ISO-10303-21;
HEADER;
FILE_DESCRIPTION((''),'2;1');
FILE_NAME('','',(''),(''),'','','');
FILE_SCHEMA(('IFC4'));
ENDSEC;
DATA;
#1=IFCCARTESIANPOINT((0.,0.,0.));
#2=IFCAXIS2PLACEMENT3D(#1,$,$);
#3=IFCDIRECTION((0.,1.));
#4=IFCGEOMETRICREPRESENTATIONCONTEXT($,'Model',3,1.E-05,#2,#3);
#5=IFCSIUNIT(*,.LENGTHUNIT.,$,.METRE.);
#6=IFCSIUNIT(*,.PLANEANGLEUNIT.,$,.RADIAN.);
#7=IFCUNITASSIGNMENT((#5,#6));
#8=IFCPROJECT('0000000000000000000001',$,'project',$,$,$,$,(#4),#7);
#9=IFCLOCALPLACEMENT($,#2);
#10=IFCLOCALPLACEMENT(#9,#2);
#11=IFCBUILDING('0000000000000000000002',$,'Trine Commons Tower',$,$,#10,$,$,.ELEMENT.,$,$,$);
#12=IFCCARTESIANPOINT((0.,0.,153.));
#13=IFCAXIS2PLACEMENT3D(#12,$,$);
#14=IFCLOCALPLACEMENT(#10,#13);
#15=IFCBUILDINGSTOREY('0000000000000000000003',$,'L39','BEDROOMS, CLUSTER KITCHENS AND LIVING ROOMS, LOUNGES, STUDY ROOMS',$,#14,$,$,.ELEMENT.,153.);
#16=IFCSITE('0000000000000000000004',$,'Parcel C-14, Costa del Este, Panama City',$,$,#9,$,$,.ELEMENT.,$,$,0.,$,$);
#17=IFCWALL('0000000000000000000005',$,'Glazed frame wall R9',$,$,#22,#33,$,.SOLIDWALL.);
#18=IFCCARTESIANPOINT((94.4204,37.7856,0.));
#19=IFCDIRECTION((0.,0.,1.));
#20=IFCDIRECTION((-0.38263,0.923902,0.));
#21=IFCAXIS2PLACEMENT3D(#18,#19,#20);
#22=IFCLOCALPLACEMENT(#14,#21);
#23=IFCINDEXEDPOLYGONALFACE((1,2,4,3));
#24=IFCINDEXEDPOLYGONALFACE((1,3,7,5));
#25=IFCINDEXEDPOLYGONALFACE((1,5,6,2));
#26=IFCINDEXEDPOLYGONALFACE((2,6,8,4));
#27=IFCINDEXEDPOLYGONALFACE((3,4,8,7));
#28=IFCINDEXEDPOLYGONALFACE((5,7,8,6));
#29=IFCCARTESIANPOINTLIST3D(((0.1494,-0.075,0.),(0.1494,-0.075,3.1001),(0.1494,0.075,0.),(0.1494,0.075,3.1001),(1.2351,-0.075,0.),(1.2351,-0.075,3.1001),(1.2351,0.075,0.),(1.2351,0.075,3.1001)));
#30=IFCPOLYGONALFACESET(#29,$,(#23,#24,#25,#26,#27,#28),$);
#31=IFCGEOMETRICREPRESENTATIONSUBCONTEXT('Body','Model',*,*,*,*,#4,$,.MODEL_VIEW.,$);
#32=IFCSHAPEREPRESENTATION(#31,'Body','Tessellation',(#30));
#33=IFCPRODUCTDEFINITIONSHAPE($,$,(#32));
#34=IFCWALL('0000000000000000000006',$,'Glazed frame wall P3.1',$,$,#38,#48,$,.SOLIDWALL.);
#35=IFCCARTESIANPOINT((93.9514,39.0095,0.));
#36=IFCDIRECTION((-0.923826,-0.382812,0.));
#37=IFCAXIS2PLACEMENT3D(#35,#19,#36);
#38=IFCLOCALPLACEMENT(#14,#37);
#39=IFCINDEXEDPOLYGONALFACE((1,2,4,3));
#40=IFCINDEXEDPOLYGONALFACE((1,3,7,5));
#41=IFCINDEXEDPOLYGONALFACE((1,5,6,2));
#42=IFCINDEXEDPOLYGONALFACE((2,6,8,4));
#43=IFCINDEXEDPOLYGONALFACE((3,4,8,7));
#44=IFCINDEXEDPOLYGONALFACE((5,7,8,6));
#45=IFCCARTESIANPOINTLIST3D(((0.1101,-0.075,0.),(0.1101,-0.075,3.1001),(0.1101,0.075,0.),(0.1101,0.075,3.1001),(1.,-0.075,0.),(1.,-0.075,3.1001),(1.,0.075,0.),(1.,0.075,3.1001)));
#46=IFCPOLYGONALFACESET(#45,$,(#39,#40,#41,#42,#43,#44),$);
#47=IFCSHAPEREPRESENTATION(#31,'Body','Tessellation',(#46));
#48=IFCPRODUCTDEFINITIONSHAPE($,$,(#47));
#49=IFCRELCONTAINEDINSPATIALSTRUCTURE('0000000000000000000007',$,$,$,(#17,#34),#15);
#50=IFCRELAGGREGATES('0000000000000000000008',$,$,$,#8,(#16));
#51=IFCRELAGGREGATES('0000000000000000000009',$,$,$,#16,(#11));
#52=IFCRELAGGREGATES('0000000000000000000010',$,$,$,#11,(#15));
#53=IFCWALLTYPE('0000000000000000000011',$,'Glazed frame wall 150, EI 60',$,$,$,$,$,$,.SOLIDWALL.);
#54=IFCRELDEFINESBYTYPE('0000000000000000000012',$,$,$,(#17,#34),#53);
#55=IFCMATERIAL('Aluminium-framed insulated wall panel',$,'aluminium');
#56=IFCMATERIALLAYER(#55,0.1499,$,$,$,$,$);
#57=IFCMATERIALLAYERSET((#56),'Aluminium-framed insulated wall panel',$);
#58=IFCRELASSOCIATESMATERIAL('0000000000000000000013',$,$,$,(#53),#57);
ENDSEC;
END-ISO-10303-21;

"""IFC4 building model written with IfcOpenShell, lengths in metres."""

from ifc_helpers import new_model, si_unit, direction, frame, origin, place, context, subcontext, project, spatial, polyline, outline, extrude, material, layer, layer_set, type_object, element, save


model = new_model("IFC4")

# Units and contexts
model_context = context("Model", 3, precision=1e-05, world=origin(), true_north=direction((0.0, 1.0)))
body_context = subcontext(model_context, "Body", "Model", "MODEL_VIEW")
ifc_project = project(units=[si_unit("LENGTHUNIT", "METRE"), si_unit("PLANEANGLEUNIT", "RADIAN")], contexts=[model_context])

# Site, building, storey
site_placement = place(None, origin())
site = spatial("IfcSite", under=ifc_project, at=site_placement, Name="Parcel C-14, Costa del Este, Panama City", CompositionType="ELEMENT", RefElevation=0.0)
building_placement = place(site_placement, origin())
building = spatial("IfcBuilding", under=site, at=building_placement, Name="Trine Commons Tower", CompositionType="ELEMENT")
storey_placement = place(building_placement, frame((0.0, 0.0, 153.0)))
storey = spatial("IfcBuildingStorey", under=building, at=storey_placement, Name="L39", Description="BEDROOMS, CLUSTER KITCHENS AND LIVING ROOMS, LOUNGES, STUDY ROOMS", CompositionType="ELEMENT", Elevation=153.0)

# Walls
ifc_material_1 = material(Name="Aluminium-framed insulated wall panel", Category="aluminium")
ifc_layer_1 = layer(ifc_material_1, 0.1499)
ifc_layer_set_1 = layer_set([ifc_layer_1], Name="Aluminium-framed insulated wall panel")
wall_type_1 = type_object("IfcWallType", Name="Glazed frame wall 150, EI 60", PredefinedType="SOLIDWALL", material=ifc_layer_set_1)
wall_1_placement = place(storey_placement, frame((94.4204, 37.7856, 0.0), z_axis=(0.0, 0.0, 1.0), x_axis=(-0.38263, 0.923902, 0.0)))
element("IfcWall", 1, at=wall_1_placement, inside=storey, type_object=wall_type_1, Name="Glazed frame wall R9", PredefinedType="SOLIDWALL", context=body_context, shape_type="SweptSolid", body=[
    extrude(outline(polyline([(0.1494, 0.075), (0.1494, -0.075), (1.2351, -0.075), (1.2351, 0.075), (0.1494, 0.075)])), origin(), (0.0, 0.0, 1.0), 3.1001),
])
wall_2_placement = place(storey_placement, frame((93.9514, 39.0095, 0.0), z_axis=(0.0, 0.0, 1.0), x_axis=(-0.923826, -0.382812, 0.0)))
element("IfcWall", 2, at=wall_2_placement, inside=storey, type_object=wall_type_1, Name="Glazed frame wall P3.1", PredefinedType="SOLIDWALL", context=body_context, shape_type="SweptSolid", body=[
    extrude(outline(polyline([(0.1101, -0.075), (1.0, -0.075), (1.0, 0.075), (0.1101, 0.075), (0.1101, -0.075)])), origin(), (0.0, 0.0, 1.0), 3.1001),
])

save(model, "model.ifc")
